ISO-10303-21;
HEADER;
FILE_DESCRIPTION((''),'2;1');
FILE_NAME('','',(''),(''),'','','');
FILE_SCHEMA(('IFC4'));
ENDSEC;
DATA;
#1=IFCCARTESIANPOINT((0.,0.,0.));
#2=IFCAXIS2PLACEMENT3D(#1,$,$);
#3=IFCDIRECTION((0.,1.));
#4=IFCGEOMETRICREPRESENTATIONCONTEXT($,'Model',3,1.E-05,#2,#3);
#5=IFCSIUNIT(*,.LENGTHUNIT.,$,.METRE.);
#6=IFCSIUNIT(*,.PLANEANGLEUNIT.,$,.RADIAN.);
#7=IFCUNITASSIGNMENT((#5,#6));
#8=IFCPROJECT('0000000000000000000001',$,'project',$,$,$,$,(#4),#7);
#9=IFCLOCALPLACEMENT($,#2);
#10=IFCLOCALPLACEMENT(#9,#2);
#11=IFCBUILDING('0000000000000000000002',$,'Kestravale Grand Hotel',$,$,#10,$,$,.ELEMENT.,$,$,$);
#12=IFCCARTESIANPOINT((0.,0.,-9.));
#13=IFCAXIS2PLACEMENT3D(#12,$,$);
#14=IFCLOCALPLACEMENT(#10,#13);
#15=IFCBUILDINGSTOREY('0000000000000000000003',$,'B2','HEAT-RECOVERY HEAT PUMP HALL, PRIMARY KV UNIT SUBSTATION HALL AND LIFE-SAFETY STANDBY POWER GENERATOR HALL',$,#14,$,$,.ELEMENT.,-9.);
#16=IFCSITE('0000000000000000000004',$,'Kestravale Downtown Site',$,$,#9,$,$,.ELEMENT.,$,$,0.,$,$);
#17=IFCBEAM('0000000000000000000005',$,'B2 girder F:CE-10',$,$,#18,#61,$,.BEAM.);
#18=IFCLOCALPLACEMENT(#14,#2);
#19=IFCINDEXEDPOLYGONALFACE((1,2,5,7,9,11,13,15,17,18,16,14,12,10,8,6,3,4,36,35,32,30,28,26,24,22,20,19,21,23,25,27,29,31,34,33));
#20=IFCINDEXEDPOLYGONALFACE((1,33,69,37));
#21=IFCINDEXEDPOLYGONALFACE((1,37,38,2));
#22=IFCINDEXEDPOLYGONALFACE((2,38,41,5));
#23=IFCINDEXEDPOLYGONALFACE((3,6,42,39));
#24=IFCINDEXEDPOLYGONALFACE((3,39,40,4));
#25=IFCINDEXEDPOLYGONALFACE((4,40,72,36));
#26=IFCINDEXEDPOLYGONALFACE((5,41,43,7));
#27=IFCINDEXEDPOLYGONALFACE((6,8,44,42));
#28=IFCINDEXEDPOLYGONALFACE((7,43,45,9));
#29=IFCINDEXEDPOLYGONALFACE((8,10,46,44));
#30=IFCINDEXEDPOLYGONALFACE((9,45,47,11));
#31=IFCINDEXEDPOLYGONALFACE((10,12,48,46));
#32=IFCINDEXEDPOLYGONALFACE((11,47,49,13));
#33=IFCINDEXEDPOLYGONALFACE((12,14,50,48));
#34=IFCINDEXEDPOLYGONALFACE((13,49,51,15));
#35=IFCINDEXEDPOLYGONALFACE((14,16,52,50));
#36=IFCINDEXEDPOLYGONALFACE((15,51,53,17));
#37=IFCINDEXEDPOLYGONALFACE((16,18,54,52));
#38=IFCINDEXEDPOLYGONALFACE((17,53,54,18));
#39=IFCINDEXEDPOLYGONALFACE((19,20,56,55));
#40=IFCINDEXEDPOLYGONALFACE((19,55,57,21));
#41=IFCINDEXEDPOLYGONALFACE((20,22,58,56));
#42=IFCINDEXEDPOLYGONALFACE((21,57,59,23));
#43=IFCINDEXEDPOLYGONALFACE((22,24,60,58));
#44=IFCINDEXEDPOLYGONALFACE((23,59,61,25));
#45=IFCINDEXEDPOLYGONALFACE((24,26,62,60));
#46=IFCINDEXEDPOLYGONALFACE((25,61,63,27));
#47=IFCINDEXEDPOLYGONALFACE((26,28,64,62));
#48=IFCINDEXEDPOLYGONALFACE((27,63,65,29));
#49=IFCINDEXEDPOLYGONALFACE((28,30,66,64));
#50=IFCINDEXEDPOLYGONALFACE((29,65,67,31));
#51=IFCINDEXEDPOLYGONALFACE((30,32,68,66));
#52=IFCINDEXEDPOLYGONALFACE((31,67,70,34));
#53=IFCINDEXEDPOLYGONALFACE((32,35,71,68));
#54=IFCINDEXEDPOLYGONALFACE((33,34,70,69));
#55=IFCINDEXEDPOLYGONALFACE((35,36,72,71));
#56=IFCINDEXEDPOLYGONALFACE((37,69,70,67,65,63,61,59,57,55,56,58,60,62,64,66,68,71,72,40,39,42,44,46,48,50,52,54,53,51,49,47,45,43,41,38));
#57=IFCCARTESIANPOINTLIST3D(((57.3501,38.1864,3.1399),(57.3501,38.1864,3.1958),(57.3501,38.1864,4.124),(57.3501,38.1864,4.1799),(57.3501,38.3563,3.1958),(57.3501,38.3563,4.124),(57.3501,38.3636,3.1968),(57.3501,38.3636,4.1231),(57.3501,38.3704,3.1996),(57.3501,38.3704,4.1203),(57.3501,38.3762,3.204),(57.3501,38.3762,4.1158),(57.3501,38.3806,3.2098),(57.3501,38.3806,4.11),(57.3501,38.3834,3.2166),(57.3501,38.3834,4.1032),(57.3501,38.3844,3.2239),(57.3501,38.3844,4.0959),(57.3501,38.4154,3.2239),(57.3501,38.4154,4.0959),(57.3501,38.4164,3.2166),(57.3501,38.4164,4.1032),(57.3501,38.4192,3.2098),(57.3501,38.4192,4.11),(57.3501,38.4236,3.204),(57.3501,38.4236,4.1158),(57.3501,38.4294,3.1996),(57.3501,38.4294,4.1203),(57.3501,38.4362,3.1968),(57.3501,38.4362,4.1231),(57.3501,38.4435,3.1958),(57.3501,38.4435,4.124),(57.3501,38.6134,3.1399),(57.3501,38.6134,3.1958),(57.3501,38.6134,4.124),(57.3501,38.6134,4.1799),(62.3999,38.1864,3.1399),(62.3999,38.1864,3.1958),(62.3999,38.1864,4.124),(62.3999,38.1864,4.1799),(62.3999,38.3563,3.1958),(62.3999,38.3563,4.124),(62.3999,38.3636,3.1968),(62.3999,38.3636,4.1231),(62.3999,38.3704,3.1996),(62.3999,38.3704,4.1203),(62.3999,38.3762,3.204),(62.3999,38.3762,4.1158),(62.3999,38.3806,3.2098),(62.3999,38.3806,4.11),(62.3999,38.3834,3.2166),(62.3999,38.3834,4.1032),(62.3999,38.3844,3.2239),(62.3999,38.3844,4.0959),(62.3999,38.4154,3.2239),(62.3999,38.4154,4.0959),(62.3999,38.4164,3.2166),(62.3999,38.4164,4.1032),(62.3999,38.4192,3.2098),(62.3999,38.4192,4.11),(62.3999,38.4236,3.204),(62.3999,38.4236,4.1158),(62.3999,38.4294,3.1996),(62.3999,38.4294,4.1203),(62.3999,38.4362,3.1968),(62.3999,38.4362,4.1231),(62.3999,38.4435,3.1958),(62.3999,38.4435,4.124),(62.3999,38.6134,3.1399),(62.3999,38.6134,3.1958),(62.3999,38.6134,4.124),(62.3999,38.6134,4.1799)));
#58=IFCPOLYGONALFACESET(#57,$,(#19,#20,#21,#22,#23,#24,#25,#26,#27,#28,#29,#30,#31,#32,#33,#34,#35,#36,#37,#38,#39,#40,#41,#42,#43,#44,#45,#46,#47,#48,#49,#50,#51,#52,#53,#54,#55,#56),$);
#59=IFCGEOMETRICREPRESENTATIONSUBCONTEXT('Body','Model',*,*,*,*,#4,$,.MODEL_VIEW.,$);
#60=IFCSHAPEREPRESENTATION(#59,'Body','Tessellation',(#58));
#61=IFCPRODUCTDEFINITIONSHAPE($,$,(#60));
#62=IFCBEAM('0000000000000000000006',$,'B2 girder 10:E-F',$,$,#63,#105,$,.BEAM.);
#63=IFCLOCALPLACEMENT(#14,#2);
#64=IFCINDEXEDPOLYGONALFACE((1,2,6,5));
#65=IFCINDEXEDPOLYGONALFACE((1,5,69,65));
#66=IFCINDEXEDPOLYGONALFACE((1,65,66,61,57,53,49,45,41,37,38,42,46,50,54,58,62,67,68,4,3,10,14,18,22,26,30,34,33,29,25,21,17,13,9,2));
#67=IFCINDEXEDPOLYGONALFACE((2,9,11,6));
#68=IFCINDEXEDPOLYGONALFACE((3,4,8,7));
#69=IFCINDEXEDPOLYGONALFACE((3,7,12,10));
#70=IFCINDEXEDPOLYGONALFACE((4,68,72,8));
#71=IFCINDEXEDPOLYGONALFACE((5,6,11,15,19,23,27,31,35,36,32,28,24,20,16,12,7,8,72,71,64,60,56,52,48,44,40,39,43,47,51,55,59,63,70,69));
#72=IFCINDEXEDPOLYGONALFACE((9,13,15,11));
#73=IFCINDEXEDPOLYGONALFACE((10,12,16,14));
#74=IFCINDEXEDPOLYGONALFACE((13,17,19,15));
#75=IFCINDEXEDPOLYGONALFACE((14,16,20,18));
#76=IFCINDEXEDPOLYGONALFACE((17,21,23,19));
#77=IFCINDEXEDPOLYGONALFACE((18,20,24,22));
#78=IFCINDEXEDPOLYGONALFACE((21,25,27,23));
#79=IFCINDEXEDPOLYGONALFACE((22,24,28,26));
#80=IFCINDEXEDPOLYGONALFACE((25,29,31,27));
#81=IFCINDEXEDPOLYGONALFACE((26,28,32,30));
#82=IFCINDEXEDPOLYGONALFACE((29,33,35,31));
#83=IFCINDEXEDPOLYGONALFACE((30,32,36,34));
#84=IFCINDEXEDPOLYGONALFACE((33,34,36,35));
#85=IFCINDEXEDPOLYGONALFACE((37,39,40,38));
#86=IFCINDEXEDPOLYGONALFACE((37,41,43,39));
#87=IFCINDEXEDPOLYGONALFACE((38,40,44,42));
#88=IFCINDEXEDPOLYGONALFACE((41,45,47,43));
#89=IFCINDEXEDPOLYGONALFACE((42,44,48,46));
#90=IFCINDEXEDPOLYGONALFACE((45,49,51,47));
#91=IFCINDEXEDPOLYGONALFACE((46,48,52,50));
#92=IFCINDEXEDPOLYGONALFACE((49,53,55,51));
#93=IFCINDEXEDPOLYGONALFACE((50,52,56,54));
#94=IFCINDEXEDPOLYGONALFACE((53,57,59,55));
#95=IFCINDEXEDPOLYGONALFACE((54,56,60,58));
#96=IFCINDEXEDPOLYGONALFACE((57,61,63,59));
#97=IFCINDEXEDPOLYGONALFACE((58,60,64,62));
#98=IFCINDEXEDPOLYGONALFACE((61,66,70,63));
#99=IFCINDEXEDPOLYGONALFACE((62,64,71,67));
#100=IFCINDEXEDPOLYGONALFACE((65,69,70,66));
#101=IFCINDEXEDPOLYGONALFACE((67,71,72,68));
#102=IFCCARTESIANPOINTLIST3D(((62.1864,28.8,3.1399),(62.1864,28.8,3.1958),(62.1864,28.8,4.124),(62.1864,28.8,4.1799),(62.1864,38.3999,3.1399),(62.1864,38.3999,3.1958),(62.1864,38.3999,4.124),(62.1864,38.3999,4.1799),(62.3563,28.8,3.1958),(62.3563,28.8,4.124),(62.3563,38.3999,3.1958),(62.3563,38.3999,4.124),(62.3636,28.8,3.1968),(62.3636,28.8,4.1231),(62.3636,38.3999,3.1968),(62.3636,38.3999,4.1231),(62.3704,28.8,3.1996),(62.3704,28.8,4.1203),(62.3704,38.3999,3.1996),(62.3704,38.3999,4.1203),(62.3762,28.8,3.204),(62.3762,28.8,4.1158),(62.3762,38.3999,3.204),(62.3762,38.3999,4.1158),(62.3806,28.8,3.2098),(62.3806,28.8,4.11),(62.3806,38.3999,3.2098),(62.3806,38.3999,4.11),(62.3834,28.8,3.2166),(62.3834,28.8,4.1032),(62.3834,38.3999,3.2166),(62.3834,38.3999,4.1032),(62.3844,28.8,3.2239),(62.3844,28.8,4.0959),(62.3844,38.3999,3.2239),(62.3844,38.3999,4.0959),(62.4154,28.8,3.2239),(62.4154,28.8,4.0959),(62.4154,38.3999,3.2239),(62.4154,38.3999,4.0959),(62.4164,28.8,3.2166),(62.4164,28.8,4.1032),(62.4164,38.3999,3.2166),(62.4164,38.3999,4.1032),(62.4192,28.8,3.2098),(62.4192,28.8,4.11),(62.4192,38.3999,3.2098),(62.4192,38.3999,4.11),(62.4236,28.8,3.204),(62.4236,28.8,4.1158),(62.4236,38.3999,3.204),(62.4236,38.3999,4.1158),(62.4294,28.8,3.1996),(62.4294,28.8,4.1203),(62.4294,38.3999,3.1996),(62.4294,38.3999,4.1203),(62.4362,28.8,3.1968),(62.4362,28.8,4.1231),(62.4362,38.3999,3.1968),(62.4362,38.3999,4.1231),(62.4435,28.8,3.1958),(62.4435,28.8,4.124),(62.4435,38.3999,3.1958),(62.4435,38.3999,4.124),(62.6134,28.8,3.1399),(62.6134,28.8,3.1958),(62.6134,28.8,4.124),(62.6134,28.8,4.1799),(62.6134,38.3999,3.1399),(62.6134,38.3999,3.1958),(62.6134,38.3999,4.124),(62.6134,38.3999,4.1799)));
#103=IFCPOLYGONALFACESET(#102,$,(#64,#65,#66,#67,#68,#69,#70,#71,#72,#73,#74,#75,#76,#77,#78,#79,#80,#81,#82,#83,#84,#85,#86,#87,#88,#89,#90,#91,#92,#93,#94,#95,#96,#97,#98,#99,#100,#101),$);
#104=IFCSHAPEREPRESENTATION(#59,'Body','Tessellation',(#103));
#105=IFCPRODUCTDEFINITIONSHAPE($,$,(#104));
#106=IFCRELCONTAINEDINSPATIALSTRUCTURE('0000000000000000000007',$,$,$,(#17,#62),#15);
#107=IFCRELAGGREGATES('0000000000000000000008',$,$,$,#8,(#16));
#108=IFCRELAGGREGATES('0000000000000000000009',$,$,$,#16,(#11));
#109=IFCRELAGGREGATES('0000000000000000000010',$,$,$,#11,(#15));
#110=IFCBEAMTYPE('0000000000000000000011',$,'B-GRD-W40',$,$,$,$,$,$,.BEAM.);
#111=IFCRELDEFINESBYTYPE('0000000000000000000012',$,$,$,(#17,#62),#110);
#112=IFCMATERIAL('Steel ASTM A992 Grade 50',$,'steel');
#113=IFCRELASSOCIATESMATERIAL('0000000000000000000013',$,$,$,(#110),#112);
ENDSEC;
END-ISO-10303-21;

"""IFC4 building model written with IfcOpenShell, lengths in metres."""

from ifc_helpers import new_model, si_unit, direction, frame, origin, origin_2d, place, context, subcontext, project, spatial, i_section, extrude, material, material_profile, profile_set, type_object, element, save


model = new_model("IFC4")

# Units and contexts
model_context = context("Model", 3, precision=1e-05, world=origin(), true_north=direction((0.0, 1.0)))
body_context = subcontext(model_context, "Body", "Model", "MODEL_VIEW")
ifc_project = project(units=[si_unit("LENGTHUNIT", "METRE"), si_unit("PLANEANGLEUNIT", "RADIAN")], contexts=[model_context])

# Site, building, storey
site_placement = place(None, origin())
site = spatial("IfcSite", under=ifc_project, at=site_placement, Name="Kestravale Downtown Site", CompositionType="ELEMENT", RefElevation=0.0)
building_placement = place(site_placement, origin())
building = spatial("IfcBuilding", under=site, at=building_placement, Name="Kestravale Grand Hotel", CompositionType="ELEMENT")
storey_placement = place(building_placement, frame((0.0, 0.0, -9.0)))
storey = spatial("IfcBuildingStorey", under=building, at=storey_placement, Name="B2", Description="HEAT-RECOVERY HEAT PUMP HALL, PRIMARY KV UNIT SUBSTATION HALL AND LIFE-SAFETY STANDBY POWER GENERATOR HALL", CompositionType="ELEMENT", Elevation=-9.0)

# Beams
ifc_material_1 = material(Name="Steel ASTM A992 Grade 50", Category="steel")
ifc_material_profile_1 = material_profile(ifc_material_1, i_section(OverallWidth=0.427, OverallDepth=1.04, WebThickness=0.031, FlangeThickness=0.0559, FilletRadius=0.0281, at=origin_2d()))
ifc_profile_set_1 = profile_set([ifc_material_profile_1], Name="Steel ASTM A992 Grade 50")
beam_type_1 = type_object("IfcBeamType", Name="B-GRD-W40", PredefinedType="BEAM", material=ifc_profile_set_1)
beam_1_placement = place(storey_placement, frame((57.3501, 38.3999, 3.6599), z_axis=(1.0, 0.0, 0.0), x_axis=(0.0, 1.0, 0.0)))
element("IfcBeam", 1, at=beam_1_placement, inside=storey, type_object=beam_type_1, Name="B2 girder F:CE-10", PredefinedType="BEAM", context=body_context, shape_type="SweptSolid", body=[
    extrude(i_section(OverallWidth=0.427, OverallDepth=1.04, WebThickness=0.031, FlangeThickness=0.0559, FilletRadius=0.0281, at=origin_2d()), origin(), (0.0, 0.0, 1.0), 5.0498),
])
beam_2_placement = place(storey_placement, frame((62.3999, 28.8, 3.6599), z_axis=(0.0, 1.0, 0.0), x_axis=(-1.0, 0.0, 0.0)))
element("IfcBeam", 2, at=beam_2_placement, inside=storey, type_object=beam_type_1, Name="B2 girder 10:E-F", PredefinedType="BEAM", context=body_context, shape_type="SweptSolid", body=[
    extrude(i_section(OverallWidth=0.427, OverallDepth=1.04, WebThickness=0.031, FlangeThickness=0.0559, FilletRadius=0.0281, at=origin_2d()), origin(), (0.0, 0.0, 1.0), 9.5999),
])

save(model, "model.ifc")
